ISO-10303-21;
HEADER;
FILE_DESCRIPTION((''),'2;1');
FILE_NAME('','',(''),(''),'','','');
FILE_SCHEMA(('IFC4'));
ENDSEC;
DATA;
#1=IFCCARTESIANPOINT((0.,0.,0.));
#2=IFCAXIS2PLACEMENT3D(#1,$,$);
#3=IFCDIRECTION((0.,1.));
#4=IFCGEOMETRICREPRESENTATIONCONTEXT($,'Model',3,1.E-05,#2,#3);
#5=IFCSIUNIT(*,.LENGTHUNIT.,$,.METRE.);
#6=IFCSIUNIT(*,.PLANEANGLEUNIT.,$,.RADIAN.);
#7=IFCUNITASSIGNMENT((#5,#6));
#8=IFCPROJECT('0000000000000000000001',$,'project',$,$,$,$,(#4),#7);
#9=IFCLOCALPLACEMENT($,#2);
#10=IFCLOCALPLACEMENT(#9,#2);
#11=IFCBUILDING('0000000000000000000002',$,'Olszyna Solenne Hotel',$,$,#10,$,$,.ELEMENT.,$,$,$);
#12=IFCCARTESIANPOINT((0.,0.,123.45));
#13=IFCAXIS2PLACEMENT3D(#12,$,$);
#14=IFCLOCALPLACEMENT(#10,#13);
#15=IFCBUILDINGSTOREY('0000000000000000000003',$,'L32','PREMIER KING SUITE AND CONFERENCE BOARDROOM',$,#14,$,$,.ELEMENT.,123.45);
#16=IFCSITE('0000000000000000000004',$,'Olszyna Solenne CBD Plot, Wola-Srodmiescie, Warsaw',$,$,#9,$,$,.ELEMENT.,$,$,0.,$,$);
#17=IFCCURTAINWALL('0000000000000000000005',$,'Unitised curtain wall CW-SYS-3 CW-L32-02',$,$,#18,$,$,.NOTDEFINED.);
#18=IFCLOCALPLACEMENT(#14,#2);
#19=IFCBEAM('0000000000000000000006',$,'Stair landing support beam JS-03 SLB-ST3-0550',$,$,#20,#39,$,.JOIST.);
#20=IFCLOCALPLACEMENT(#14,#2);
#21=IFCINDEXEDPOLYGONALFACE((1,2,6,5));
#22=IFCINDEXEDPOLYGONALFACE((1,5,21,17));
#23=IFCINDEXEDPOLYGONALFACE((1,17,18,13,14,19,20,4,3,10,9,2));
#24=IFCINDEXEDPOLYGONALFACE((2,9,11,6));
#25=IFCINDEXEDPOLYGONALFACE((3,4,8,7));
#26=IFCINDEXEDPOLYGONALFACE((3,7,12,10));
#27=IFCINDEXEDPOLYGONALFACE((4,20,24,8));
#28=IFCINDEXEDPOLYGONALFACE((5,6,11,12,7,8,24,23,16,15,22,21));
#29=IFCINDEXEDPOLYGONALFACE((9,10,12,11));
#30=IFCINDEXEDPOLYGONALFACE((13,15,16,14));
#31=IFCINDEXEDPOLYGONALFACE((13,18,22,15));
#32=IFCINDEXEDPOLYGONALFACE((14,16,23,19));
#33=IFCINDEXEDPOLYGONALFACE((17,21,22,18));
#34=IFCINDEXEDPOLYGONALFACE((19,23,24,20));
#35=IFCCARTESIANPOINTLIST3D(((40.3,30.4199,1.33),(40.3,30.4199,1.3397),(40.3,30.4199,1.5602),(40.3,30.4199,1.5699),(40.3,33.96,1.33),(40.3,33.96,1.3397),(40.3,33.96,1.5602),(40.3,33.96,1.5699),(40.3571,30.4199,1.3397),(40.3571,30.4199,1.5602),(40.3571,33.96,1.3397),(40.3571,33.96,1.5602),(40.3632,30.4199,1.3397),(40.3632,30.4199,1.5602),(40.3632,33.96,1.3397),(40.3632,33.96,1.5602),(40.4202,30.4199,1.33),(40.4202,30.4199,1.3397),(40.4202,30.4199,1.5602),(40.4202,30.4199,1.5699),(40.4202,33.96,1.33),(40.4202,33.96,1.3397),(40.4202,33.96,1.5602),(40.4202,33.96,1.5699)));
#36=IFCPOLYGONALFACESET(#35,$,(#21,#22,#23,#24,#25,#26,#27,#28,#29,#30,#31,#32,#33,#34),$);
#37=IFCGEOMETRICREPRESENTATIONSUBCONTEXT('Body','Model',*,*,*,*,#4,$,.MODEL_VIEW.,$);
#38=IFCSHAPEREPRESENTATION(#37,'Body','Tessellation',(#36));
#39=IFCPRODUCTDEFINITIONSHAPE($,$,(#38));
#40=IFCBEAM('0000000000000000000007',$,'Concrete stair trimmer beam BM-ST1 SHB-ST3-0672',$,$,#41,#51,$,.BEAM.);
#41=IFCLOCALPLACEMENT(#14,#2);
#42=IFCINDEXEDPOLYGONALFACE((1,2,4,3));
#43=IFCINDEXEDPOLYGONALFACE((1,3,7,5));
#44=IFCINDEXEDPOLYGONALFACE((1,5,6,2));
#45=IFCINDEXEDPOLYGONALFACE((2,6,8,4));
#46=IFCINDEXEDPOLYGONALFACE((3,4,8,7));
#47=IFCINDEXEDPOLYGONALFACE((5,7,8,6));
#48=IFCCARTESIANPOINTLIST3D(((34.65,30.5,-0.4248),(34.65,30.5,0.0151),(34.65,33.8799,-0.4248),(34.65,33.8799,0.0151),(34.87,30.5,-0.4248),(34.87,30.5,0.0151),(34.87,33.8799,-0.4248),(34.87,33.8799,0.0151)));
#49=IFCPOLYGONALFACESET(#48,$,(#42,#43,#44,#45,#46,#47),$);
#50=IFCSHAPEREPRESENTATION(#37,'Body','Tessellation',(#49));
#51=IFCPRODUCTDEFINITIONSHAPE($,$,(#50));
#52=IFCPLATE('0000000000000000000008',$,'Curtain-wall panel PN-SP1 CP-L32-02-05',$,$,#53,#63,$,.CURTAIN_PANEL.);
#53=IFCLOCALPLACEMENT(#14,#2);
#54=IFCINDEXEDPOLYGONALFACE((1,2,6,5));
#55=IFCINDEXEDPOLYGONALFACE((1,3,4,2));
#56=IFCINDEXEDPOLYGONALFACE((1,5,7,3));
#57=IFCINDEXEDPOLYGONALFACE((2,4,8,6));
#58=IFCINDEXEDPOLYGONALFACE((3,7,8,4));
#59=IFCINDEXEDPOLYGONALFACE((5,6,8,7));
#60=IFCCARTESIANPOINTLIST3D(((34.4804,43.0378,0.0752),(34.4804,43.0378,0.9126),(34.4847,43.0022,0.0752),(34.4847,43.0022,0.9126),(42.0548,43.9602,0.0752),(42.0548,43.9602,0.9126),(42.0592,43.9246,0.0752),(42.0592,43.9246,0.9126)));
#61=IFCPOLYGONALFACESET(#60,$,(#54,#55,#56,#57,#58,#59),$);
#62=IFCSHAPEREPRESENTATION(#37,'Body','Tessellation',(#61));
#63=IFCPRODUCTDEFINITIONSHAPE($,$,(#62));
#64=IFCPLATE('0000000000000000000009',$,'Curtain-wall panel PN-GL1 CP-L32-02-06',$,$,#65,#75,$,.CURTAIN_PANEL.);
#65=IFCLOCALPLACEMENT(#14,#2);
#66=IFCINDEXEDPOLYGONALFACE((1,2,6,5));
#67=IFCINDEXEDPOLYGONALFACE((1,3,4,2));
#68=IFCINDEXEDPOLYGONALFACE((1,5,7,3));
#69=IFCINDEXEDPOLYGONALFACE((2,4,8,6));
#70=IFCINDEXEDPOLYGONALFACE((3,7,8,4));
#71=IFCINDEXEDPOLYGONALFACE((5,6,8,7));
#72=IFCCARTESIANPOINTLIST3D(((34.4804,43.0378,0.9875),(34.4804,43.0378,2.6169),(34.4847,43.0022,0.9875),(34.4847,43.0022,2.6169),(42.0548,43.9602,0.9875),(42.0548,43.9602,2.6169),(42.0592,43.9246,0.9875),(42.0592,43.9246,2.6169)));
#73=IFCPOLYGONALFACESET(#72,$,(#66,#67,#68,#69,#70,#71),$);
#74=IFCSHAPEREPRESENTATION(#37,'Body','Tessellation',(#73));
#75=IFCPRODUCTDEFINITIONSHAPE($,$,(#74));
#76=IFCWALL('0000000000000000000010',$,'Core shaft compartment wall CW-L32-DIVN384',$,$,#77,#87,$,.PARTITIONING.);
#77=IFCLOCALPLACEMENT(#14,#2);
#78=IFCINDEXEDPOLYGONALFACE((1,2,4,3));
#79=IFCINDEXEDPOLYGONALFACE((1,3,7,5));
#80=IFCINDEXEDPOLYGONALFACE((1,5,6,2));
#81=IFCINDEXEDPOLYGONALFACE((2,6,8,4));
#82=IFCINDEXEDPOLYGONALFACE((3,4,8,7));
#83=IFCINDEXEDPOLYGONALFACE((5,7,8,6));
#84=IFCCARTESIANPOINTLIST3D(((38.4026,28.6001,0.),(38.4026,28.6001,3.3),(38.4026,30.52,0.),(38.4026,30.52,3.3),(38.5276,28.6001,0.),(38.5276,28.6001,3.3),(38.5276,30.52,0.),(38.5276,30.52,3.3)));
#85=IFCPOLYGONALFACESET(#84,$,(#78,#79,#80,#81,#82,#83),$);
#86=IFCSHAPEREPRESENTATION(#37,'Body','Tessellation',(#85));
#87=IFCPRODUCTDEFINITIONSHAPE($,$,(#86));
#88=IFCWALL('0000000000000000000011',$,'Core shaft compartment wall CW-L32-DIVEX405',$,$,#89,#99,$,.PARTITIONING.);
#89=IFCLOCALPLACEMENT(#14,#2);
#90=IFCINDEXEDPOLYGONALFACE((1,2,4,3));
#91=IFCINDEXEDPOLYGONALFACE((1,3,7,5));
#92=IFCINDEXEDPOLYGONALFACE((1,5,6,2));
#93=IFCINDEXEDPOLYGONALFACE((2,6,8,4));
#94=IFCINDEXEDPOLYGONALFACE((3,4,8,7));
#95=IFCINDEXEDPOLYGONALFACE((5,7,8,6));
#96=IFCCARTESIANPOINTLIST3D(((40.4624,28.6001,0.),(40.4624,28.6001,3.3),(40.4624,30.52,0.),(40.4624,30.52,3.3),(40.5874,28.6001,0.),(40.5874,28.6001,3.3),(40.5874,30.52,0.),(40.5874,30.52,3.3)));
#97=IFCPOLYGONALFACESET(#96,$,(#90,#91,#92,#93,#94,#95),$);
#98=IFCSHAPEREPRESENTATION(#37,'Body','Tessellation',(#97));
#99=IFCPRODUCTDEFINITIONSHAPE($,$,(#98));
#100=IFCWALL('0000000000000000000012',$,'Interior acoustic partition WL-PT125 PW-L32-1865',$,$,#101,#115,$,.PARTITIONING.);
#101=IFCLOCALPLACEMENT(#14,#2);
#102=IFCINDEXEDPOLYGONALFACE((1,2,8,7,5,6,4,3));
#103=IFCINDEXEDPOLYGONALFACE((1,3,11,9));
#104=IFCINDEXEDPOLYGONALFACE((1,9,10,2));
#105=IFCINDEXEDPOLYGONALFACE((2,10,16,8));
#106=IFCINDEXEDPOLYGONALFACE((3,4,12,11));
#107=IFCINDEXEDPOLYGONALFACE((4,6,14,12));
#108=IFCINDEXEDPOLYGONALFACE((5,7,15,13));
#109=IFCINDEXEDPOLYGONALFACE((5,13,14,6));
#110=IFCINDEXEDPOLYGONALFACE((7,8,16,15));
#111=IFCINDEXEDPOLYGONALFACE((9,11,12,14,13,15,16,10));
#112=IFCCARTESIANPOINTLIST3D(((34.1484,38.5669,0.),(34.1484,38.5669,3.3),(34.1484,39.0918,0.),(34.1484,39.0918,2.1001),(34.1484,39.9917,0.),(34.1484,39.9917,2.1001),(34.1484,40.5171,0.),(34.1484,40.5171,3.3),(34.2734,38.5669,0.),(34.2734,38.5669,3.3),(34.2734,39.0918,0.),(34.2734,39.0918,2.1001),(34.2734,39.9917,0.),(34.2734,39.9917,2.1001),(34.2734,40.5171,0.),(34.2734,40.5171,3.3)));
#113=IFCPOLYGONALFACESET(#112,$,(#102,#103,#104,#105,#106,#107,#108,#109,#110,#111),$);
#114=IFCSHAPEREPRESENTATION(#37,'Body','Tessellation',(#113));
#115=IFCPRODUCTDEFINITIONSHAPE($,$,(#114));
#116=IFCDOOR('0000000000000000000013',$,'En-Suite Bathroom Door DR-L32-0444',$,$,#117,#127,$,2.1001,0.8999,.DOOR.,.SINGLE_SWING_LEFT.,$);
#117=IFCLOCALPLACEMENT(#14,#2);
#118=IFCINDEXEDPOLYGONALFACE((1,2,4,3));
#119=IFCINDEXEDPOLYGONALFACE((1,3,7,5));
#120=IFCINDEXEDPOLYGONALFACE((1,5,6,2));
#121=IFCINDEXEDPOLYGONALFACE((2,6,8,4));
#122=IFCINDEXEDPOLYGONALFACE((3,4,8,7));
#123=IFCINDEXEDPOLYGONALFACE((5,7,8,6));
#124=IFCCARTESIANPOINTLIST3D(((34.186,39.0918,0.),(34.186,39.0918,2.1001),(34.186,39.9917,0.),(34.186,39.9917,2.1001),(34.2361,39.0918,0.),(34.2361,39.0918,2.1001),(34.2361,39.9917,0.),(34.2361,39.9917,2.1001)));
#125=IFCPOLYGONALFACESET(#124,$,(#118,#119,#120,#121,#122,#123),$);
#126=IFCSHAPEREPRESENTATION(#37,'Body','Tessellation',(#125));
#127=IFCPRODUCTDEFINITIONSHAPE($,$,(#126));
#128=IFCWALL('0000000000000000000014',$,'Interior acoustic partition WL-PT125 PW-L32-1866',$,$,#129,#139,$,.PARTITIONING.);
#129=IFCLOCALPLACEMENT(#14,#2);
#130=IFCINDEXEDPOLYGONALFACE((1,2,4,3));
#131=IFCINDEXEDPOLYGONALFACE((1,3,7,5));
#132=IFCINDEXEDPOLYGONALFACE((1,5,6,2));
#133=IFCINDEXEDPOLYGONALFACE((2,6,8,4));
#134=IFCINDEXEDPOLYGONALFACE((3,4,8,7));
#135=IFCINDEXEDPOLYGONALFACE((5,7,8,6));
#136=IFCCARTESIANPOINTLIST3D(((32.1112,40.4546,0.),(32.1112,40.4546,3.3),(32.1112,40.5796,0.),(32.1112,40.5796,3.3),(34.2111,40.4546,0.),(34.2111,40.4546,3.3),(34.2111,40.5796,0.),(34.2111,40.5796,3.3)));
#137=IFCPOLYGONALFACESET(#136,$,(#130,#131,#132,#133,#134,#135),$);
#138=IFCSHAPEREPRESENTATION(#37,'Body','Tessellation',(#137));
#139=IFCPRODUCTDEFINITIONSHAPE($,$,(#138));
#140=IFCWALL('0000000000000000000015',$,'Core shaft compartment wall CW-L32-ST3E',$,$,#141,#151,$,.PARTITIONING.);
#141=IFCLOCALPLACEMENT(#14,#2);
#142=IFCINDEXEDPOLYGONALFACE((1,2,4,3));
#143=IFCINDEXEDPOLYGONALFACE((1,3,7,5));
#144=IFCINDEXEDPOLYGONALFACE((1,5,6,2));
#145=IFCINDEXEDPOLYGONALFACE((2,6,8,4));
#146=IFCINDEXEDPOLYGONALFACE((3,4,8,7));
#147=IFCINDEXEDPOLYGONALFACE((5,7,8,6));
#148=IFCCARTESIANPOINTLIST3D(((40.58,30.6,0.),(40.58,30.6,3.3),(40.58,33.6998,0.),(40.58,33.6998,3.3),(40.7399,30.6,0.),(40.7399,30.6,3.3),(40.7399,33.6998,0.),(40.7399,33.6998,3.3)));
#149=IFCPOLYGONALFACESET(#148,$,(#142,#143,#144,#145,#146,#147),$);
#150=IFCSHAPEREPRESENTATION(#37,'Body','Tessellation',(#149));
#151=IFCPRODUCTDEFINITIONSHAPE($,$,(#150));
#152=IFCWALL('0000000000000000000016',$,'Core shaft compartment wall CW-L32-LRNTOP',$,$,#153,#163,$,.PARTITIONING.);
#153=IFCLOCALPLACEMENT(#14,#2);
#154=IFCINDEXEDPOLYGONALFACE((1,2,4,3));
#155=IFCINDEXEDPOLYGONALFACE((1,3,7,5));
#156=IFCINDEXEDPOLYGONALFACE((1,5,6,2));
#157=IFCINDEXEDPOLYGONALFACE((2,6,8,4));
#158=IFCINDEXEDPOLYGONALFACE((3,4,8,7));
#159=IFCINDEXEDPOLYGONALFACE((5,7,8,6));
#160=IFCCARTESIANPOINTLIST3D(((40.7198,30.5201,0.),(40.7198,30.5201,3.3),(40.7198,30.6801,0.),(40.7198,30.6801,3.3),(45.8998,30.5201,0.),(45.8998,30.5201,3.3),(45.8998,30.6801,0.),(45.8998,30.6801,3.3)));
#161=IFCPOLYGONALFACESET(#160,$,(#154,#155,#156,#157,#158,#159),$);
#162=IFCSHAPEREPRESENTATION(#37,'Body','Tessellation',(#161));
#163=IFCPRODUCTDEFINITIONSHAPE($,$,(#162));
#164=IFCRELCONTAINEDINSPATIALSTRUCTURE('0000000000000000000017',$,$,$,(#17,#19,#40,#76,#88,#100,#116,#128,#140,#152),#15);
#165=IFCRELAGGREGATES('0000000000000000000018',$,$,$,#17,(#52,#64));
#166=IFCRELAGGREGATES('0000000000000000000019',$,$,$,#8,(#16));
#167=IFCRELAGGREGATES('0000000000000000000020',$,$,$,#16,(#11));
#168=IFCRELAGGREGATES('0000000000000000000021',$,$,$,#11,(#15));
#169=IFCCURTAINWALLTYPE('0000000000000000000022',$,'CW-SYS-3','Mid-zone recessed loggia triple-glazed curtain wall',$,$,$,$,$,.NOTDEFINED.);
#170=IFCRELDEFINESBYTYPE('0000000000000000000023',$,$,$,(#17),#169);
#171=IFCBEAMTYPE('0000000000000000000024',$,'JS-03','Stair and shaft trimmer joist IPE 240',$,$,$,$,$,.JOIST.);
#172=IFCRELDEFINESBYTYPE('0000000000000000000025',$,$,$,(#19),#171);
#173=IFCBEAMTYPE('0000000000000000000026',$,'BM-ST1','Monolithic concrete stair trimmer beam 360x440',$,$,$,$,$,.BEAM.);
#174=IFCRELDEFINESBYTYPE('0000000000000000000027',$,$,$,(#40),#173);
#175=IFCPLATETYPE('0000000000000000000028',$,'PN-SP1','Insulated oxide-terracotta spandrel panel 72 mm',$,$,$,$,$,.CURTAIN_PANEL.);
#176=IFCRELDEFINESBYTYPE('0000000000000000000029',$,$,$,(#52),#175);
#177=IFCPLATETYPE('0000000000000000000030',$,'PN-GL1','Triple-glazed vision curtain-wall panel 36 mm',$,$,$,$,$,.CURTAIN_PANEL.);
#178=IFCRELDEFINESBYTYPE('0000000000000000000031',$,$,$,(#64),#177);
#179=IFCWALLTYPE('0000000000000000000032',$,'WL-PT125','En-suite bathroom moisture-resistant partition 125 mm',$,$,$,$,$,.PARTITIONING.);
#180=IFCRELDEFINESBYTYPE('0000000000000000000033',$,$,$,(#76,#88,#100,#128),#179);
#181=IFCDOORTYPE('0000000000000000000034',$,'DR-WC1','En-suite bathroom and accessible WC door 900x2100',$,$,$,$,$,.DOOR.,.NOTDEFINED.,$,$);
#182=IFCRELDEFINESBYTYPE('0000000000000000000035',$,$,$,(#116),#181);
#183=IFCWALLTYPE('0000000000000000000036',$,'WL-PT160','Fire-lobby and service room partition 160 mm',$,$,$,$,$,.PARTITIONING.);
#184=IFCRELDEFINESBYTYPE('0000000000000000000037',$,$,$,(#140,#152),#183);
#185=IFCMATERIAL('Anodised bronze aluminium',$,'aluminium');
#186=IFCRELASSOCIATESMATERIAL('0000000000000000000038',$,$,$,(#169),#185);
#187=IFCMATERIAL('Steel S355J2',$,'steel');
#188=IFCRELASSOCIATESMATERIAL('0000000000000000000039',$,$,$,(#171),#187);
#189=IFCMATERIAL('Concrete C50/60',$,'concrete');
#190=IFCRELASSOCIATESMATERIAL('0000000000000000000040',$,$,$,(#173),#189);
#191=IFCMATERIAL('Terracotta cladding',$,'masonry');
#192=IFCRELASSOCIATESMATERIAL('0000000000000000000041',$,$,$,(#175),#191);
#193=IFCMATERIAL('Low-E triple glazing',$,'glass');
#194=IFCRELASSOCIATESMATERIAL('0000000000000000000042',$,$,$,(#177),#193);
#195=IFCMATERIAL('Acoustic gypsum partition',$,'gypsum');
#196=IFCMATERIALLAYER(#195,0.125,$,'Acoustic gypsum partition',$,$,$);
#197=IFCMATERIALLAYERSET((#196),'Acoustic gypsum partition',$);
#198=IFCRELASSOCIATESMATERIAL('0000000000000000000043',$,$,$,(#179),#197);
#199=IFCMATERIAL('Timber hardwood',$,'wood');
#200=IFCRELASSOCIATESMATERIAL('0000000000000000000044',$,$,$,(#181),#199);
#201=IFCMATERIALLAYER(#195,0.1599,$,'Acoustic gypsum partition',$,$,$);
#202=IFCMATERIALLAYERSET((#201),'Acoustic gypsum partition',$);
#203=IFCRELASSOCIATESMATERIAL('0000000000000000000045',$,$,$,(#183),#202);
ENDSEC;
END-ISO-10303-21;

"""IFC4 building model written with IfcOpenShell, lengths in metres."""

from ifc_helpers import new_model, si_unit, direction, frame, frame_2d, origin, origin_2d, place, context, subcontext, project, spatial, rectangle, i_section, extrude, source, transform, mapped, material, layer, layer_set, material_profile, profile_set, type_object, type_shapes, element, fill, aggregate, save


model = new_model("IFC4")

# Units and contexts
model_context = context("Model", 3, precision=1e-05, world=origin(), true_north=direction((0.0, 1.0)))
body_context = subcontext(model_context, "Body", "Model", "MODEL_VIEW")
ifc_project = project(units=[si_unit("LENGTHUNIT", "METRE"), si_unit("PLANEANGLEUNIT", "RADIAN")], contexts=[model_context])

# Site, building, storey
site_placement = place(None, origin())
site = spatial("IfcSite", under=ifc_project, at=site_placement, Name="Olszyna Solenne CBD Plot, Wola-Srodmiescie, Warsaw", CompositionType="ELEMENT", RefElevation=0.0)
building_placement = place(site_placement, origin())
building = spatial("IfcBuilding", under=site, at=building_placement, Name="Olszyna Solenne Hotel", CompositionType="ELEMENT")
storey_placement = place(building_placement, frame((0.0, 0.0, 123.45)))
storey = spatial("IfcBuildingStorey", under=building, at=storey_placement, Name="L32", Description="PREMIER KING SUITE AND CONFERENCE BOARDROOM", CompositionType="ELEMENT", Elevation=123.45)

# Shared definitions
ifc_material_1 = material(Name="Steel S355J2", Category="steel")

# Curtain wall
ifc_material_2 = material(Name="Anodised bronze aluminium", Category="aluminium")
curtain_wall_type = type_object("IfcCurtainWallType", Name="CW-SYS-3", Description="Mid-zone recessed loggia triple-glazed curtain wall", PredefinedType="NOTDEFINED", material=ifc_material_2)
curtain_wall_placement = place(storey_placement, origin())
curtain_wall = element("IfcCurtainWall", 1, at=curtain_wall_placement, inside=storey, type_object=curtain_wall_type, Name="Unitised curtain wall CW-SYS-3 CW-L32-02", PredefinedType="NOTDEFINED")

# Beams
ifc_material_profile_1 = material_profile(ifc_material_1, i_section(OverallWidth=0.1201, OverallDepth=0.24, WebThickness=0.0061, FlangeThickness=0.0098, at=origin_2d()), Name="IPE 240", Category="load-bearing")
ifc_profile_set_1 = profile_set([ifc_material_profile_1], Name="Steel S355J2")
beam_type_1 = type_object("IfcBeamType", Name="JS-03", Description="Stair and shaft trimmer joist IPE 240", PredefinedType="JOIST", material=ifc_profile_set_1)
shared_shape_1 = source(origin(), body_context, "Body", "SweptSolid", [
    extrude(i_section(OverallWidth=0.1201, OverallDepth=0.24, WebThickness=0.0061, FlangeThickness=0.0098, at=origin_2d()), origin(), (0.0, 0.0, 1.0), 3.54),
])
for number, where, z_axis, x_axis, name in (
    (2, (40.3601, 30.4199, 1.45), (0.0, 1.0, 0.0), (-1.0, 0.0, 0.0), "Stair landing support beam JS-03 SLB-ST3-0550"),
):
    element("IfcBeam", number, at=place(storey_placement, frame(where, z_axis=z_axis, x_axis=x_axis)), inside=storey, type_object=beam_type_1, Name=name, PredefinedType="JOIST", context=body_context, shape_type="MappedRepresentation", body=[
        mapped(shared_shape_1, transform((0.0, 0.0, 0.0), x_axis=(1.0, 0.0, 0.0), y_axis=(0.0, 1.0, 0.0), z_axis=(0.0, 0.0, 1.0), scale=1.0)),
    ])
ifc_material_3 = material(Name="Concrete C50/60", Category="concrete")
ifc_material_profile_2 = material_profile(ifc_material_3, rectangle(XDim=0.22, YDim=0.4399, at=origin_2d()), Name="RC 220x440", Category="load-bearing")
ifc_profile_set_2 = profile_set([ifc_material_profile_2], Name="Concrete C50/60")
beam_type_2 = type_object("IfcBeamType", Name="BM-ST1", Description="Monolithic concrete stair trimmer beam 360x440", PredefinedType="BEAM", material=ifc_profile_set_2)
shared_shape_2 = source(origin(), body_context, "Body", "SweptSolid", [
    extrude(rectangle(XDim=0.22, YDim=0.4399, at=origin_2d()), origin(), (0.0, 0.0, 1.0), 3.3799),
])
beam_1_placement = place(storey_placement, frame((34.76, 30.5, -0.2048), z_axis=(0.0, 1.0, 0.0), x_axis=(-1.0, 0.0, 0.0)))
element("IfcBeam", 3, at=beam_1_placement, inside=storey, type_object=beam_type_2, Name="Concrete stair trimmer beam BM-ST1 SHB-ST3-0672", PredefinedType="BEAM", context=body_context, shape_type="MappedRepresentation", body=[
    mapped(shared_shape_2, transform((0.0, 0.0, 0.0), x_axis=(1.0, 0.0, 0.0), y_axis=(0.0, 1.0, 0.0), z_axis=(0.0, 0.0, 1.0), scale=1.0)),
])

# Plates
ifc_material_4 = material(Name="Terracotta cladding", Category="masonry")
plate_type_1 = type_object("IfcPlateType", Name="PN-SP1", Description="Insulated oxide-terracotta spandrel panel 72 mm", PredefinedType="CURTAIN_PANEL", material=ifc_material_4)
shared_shape_3 = source(origin(), body_context, "Body", "SweptSolid", [
    extrude(rectangle(XDim=7.6304, YDim=0.0359, at=origin_2d()), origin(), (0.0, 0.0, 1.0), 0.8374),
])
plate_1_placement = place(storey_placement, frame((38.2698, 43.4812, 0.0752), z_axis=(0.0, 0.0, 1.0), x_axis=(0.992667, 0.120877, 0.0)))
plate_1 = element("IfcPlate", 4, at=plate_1_placement, type_object=plate_type_1, Name="Curtain-wall panel PN-SP1 CP-L32-02-05", PredefinedType="CURTAIN_PANEL", context=body_context, shape_type="MappedRepresentation", body=[
    mapped(shared_shape_3, transform((0.0, 0.0, 0.0), x_axis=(1.0, 0.0, 0.0), y_axis=(0.0, 1.0, 0.0), z_axis=(0.0, 0.0, 1.0), scale=1.0)),
])
ifc_material_5 = material(Name="Low-E triple glazing", Category="glass")
plate_type_2 = type_object("IfcPlateType", Name="PN-GL1", Description="Triple-glazed vision curtain-wall panel 36 mm", PredefinedType="CURTAIN_PANEL", material=ifc_material_5)
shared_shape_4 = source(origin(), body_context, "Body", "SweptSolid", [
    extrude(rectangle(XDim=7.6304, YDim=0.0359, at=origin_2d()), origin(), (0.0, 0.0, 1.0), 1.6294),
])
plate_2_placement = place(storey_placement, frame((38.2698, 43.4812, 0.9875), z_axis=(0.0, 0.0, 1.0), x_axis=(0.992667, 0.120877, 0.0)))
plate_2 = element("IfcPlate", 5, at=plate_2_placement, type_object=plate_type_2, Name="Curtain-wall panel PN-GL1 CP-L32-02-06", PredefinedType="CURTAIN_PANEL", context=body_context, shape_type="MappedRepresentation", body=[
    mapped(shared_shape_4, transform((0.0, 0.0, 0.0), x_axis=(1.0, 0.0, 0.0), y_axis=(0.0, 1.0, 0.0), z_axis=(0.0, 0.0, 1.0), scale=1.0)),
])
aggregate(curtain_wall, [plate_1, plate_2])

# Walls
ifc_material_6 = material(Name="Acoustic gypsum partition", Category="gypsum")
ifc_layer_1 = layer(ifc_material_6, 0.125, Name="Acoustic gypsum partition")
ifc_layer_set_1 = layer_set([ifc_layer_1], Name="Acoustic gypsum partition")
wall_type_1 = type_object("IfcWallType", Name="WL-PT125", Description="En-suite bathroom moisture-resistant partition 125 mm", PredefinedType="PARTITIONING", material=ifc_layer_set_1)
for number, where, z_axis, x_axis, name in (
    (6, (38.4651, 28.6001, 0.0), (0.0, 0.0, 1.0), (0.0, 1.0, 0.0), "Core shaft compartment wall CW-L32-DIVN384"),
    (7, (40.5249, 28.6001, 0.0), (0.0, 0.0, 1.0), (0.0, 1.0, 0.0), "Core shaft compartment wall CW-L32-DIVEX405"),
):
    element("IfcWall", number, at=place(storey_placement, frame(where, z_axis=z_axis, x_axis=x_axis)), inside=storey, type_object=wall_type_1, Name=name, PredefinedType="PARTITIONING", context=body_context, shape_type="SweptSolid", body=[
        extrude(rectangle(XDim=1.9199, YDim=0.125, at=frame_2d((0.96, 0.0))), origin(), (0.0, 0.0, 1.0), 3.3),
    ])

# Wall, opening, door
wall_1_placement = place(storey_placement, frame((34.2109, 38.5669, 0.0), z_axis=(0.0, 0.0, 1.0), x_axis=(0.0, 1.0, 0.0)))
wall_1 = element("IfcWall", 8, at=wall_1_placement, inside=storey, type_object=wall_type_1, Name="Interior acoustic partition WL-PT125 PW-L32-1865", PredefinedType="PARTITIONING", context=body_context, shape_type="SweptSolid", body=[
    extrude(rectangle(XDim=1.9502, YDim=0.125, at=frame_2d((0.9751, 0.0))), origin(), (0.0, 0.0, 1.0), 3.3),
])
opening_placement = place(wall_1_placement, frame((0.5249, 0.0, 0.0)))
opening = element("IfcOpeningElement", 9, at=opening_placement, cuts=wall_1, PredefinedType="OPENING", context=body_context, shape_type="SweptSolid", body=[
    extrude(rectangle(XDim=0.8999, YDim=2.1001, at=frame_2d((0.45, 1.05))), frame((0.0, 0.0725, 0.0), z_axis=(0.0, -1.0, 0.0), x_axis=(1.0, 0.0, 0.0)), (0.0, 0.0, 1.0), 0.145),
])
ifc_material_7 = material(Name="Timber hardwood", Category="wood")
door_type = type_object("IfcDoorType", Name="DR-WC1", Description="En-suite bathroom and accessible WC door 900x2100", OperationType="NOTDEFINED", PredefinedType="DOOR", material=ifc_material_7)
shared_shape_5 = source(origin(), body_context, "Body", "SweptSolid", [
    extrude(rectangle(XDim=0.8999, YDim=2.1001, at=frame_2d((0.45, 1.05))), frame((0.0, 0.0249, 0.0), z_axis=(0.0, -1.0, 0.0), x_axis=(1.0, 0.0, 0.0)), (0.0, 0.0, 1.0), 0.05),
])
type_shapes(door_type, [shared_shape_5])
door_placement = place(opening_placement, origin())
door = element("IfcDoor", 10, at=door_placement, inside=storey, type_object=door_type, Name="En-Suite Bathroom Door DR-L32-0444", OperationType="SINGLE_SWING_LEFT", OverallHeight=2.1001, OverallWidth=0.8999, PredefinedType="DOOR", context=body_context, shape_type="MappedRepresentation", body=[
    mapped(shared_shape_5, transform((0.0, 0.0, 0.0), x_axis=(1.0, 0.0, 0.0), y_axis=(0.0, 1.0, 0.0), z_axis=(0.0, 0.0, 1.0), scale=1.0)),
])
fill(opening, door)

# Walls
wall_2_placement = place(storey_placement, frame((34.2109, 40.5171, 0.0), z_axis=(0.0, 0.0, 1.0), x_axis=(-1.0, 0.0, 0.0)))
element("IfcWall", 11, at=wall_2_placement, inside=storey, type_object=wall_type_1, Name="Interior acoustic partition WL-PT125 PW-L32-1866", PredefinedType="PARTITIONING", context=body_context, shape_type="SweptSolid", body=[
    extrude(rectangle(XDim=2.0999, YDim=0.125, at=frame_2d((1.0498, 0.0))), origin(), (0.0, 0.0, 1.0), 3.3),
])
ifc_layer_2 = layer(ifc_material_6, 0.1599, Name="Acoustic gypsum partition")
ifc_layer_set_2 = layer_set([ifc_layer_2], Name="Acoustic gypsum partition")
wall_type_2 = type_object("IfcWallType", Name="WL-PT160", Description="Fire-lobby and service room partition 160 mm", PredefinedType="PARTITIONING", material=ifc_layer_set_2)
wall_3_placement = place(storey_placement, frame((40.6599, 30.6001, 0.0), z_axis=(0.0, 0.0, 1.0), x_axis=(0.0, 1.0, 0.0)))
element("IfcWall", 12, at=wall_3_placement, inside=storey, type_object=wall_type_2, Name="Core shaft compartment wall CW-L32-ST3E", PredefinedType="PARTITIONING", context=body_context, shape_type="SweptSolid", body=[
    extrude(rectangle(XDim=3.0999, YDim=0.1599, at=frame_2d((1.5498, 0.0))), origin(), (0.0, 0.0, 1.0), 3.3),
])
wall_4_placement = place(storey_placement, frame((40.72, 30.6001, 0.0), z_axis=(0.0, 0.0, 1.0), x_axis=(1.0, 0.0, 0.0)))
element("IfcWall", 13, at=wall_4_placement, inside=storey, type_object=wall_type_2, Name="Core shaft compartment wall CW-L32-LRNTOP", PredefinedType="PARTITIONING", context=body_context, shape_type="SweptSolid", body=[
    extrude(rectangle(XDim=5.1799, YDim=0.1599, at=frame_2d((2.5898, 0.0))), origin(), (0.0, 0.0, 1.0), 3.3),
])

save(model, "model.ifc")
